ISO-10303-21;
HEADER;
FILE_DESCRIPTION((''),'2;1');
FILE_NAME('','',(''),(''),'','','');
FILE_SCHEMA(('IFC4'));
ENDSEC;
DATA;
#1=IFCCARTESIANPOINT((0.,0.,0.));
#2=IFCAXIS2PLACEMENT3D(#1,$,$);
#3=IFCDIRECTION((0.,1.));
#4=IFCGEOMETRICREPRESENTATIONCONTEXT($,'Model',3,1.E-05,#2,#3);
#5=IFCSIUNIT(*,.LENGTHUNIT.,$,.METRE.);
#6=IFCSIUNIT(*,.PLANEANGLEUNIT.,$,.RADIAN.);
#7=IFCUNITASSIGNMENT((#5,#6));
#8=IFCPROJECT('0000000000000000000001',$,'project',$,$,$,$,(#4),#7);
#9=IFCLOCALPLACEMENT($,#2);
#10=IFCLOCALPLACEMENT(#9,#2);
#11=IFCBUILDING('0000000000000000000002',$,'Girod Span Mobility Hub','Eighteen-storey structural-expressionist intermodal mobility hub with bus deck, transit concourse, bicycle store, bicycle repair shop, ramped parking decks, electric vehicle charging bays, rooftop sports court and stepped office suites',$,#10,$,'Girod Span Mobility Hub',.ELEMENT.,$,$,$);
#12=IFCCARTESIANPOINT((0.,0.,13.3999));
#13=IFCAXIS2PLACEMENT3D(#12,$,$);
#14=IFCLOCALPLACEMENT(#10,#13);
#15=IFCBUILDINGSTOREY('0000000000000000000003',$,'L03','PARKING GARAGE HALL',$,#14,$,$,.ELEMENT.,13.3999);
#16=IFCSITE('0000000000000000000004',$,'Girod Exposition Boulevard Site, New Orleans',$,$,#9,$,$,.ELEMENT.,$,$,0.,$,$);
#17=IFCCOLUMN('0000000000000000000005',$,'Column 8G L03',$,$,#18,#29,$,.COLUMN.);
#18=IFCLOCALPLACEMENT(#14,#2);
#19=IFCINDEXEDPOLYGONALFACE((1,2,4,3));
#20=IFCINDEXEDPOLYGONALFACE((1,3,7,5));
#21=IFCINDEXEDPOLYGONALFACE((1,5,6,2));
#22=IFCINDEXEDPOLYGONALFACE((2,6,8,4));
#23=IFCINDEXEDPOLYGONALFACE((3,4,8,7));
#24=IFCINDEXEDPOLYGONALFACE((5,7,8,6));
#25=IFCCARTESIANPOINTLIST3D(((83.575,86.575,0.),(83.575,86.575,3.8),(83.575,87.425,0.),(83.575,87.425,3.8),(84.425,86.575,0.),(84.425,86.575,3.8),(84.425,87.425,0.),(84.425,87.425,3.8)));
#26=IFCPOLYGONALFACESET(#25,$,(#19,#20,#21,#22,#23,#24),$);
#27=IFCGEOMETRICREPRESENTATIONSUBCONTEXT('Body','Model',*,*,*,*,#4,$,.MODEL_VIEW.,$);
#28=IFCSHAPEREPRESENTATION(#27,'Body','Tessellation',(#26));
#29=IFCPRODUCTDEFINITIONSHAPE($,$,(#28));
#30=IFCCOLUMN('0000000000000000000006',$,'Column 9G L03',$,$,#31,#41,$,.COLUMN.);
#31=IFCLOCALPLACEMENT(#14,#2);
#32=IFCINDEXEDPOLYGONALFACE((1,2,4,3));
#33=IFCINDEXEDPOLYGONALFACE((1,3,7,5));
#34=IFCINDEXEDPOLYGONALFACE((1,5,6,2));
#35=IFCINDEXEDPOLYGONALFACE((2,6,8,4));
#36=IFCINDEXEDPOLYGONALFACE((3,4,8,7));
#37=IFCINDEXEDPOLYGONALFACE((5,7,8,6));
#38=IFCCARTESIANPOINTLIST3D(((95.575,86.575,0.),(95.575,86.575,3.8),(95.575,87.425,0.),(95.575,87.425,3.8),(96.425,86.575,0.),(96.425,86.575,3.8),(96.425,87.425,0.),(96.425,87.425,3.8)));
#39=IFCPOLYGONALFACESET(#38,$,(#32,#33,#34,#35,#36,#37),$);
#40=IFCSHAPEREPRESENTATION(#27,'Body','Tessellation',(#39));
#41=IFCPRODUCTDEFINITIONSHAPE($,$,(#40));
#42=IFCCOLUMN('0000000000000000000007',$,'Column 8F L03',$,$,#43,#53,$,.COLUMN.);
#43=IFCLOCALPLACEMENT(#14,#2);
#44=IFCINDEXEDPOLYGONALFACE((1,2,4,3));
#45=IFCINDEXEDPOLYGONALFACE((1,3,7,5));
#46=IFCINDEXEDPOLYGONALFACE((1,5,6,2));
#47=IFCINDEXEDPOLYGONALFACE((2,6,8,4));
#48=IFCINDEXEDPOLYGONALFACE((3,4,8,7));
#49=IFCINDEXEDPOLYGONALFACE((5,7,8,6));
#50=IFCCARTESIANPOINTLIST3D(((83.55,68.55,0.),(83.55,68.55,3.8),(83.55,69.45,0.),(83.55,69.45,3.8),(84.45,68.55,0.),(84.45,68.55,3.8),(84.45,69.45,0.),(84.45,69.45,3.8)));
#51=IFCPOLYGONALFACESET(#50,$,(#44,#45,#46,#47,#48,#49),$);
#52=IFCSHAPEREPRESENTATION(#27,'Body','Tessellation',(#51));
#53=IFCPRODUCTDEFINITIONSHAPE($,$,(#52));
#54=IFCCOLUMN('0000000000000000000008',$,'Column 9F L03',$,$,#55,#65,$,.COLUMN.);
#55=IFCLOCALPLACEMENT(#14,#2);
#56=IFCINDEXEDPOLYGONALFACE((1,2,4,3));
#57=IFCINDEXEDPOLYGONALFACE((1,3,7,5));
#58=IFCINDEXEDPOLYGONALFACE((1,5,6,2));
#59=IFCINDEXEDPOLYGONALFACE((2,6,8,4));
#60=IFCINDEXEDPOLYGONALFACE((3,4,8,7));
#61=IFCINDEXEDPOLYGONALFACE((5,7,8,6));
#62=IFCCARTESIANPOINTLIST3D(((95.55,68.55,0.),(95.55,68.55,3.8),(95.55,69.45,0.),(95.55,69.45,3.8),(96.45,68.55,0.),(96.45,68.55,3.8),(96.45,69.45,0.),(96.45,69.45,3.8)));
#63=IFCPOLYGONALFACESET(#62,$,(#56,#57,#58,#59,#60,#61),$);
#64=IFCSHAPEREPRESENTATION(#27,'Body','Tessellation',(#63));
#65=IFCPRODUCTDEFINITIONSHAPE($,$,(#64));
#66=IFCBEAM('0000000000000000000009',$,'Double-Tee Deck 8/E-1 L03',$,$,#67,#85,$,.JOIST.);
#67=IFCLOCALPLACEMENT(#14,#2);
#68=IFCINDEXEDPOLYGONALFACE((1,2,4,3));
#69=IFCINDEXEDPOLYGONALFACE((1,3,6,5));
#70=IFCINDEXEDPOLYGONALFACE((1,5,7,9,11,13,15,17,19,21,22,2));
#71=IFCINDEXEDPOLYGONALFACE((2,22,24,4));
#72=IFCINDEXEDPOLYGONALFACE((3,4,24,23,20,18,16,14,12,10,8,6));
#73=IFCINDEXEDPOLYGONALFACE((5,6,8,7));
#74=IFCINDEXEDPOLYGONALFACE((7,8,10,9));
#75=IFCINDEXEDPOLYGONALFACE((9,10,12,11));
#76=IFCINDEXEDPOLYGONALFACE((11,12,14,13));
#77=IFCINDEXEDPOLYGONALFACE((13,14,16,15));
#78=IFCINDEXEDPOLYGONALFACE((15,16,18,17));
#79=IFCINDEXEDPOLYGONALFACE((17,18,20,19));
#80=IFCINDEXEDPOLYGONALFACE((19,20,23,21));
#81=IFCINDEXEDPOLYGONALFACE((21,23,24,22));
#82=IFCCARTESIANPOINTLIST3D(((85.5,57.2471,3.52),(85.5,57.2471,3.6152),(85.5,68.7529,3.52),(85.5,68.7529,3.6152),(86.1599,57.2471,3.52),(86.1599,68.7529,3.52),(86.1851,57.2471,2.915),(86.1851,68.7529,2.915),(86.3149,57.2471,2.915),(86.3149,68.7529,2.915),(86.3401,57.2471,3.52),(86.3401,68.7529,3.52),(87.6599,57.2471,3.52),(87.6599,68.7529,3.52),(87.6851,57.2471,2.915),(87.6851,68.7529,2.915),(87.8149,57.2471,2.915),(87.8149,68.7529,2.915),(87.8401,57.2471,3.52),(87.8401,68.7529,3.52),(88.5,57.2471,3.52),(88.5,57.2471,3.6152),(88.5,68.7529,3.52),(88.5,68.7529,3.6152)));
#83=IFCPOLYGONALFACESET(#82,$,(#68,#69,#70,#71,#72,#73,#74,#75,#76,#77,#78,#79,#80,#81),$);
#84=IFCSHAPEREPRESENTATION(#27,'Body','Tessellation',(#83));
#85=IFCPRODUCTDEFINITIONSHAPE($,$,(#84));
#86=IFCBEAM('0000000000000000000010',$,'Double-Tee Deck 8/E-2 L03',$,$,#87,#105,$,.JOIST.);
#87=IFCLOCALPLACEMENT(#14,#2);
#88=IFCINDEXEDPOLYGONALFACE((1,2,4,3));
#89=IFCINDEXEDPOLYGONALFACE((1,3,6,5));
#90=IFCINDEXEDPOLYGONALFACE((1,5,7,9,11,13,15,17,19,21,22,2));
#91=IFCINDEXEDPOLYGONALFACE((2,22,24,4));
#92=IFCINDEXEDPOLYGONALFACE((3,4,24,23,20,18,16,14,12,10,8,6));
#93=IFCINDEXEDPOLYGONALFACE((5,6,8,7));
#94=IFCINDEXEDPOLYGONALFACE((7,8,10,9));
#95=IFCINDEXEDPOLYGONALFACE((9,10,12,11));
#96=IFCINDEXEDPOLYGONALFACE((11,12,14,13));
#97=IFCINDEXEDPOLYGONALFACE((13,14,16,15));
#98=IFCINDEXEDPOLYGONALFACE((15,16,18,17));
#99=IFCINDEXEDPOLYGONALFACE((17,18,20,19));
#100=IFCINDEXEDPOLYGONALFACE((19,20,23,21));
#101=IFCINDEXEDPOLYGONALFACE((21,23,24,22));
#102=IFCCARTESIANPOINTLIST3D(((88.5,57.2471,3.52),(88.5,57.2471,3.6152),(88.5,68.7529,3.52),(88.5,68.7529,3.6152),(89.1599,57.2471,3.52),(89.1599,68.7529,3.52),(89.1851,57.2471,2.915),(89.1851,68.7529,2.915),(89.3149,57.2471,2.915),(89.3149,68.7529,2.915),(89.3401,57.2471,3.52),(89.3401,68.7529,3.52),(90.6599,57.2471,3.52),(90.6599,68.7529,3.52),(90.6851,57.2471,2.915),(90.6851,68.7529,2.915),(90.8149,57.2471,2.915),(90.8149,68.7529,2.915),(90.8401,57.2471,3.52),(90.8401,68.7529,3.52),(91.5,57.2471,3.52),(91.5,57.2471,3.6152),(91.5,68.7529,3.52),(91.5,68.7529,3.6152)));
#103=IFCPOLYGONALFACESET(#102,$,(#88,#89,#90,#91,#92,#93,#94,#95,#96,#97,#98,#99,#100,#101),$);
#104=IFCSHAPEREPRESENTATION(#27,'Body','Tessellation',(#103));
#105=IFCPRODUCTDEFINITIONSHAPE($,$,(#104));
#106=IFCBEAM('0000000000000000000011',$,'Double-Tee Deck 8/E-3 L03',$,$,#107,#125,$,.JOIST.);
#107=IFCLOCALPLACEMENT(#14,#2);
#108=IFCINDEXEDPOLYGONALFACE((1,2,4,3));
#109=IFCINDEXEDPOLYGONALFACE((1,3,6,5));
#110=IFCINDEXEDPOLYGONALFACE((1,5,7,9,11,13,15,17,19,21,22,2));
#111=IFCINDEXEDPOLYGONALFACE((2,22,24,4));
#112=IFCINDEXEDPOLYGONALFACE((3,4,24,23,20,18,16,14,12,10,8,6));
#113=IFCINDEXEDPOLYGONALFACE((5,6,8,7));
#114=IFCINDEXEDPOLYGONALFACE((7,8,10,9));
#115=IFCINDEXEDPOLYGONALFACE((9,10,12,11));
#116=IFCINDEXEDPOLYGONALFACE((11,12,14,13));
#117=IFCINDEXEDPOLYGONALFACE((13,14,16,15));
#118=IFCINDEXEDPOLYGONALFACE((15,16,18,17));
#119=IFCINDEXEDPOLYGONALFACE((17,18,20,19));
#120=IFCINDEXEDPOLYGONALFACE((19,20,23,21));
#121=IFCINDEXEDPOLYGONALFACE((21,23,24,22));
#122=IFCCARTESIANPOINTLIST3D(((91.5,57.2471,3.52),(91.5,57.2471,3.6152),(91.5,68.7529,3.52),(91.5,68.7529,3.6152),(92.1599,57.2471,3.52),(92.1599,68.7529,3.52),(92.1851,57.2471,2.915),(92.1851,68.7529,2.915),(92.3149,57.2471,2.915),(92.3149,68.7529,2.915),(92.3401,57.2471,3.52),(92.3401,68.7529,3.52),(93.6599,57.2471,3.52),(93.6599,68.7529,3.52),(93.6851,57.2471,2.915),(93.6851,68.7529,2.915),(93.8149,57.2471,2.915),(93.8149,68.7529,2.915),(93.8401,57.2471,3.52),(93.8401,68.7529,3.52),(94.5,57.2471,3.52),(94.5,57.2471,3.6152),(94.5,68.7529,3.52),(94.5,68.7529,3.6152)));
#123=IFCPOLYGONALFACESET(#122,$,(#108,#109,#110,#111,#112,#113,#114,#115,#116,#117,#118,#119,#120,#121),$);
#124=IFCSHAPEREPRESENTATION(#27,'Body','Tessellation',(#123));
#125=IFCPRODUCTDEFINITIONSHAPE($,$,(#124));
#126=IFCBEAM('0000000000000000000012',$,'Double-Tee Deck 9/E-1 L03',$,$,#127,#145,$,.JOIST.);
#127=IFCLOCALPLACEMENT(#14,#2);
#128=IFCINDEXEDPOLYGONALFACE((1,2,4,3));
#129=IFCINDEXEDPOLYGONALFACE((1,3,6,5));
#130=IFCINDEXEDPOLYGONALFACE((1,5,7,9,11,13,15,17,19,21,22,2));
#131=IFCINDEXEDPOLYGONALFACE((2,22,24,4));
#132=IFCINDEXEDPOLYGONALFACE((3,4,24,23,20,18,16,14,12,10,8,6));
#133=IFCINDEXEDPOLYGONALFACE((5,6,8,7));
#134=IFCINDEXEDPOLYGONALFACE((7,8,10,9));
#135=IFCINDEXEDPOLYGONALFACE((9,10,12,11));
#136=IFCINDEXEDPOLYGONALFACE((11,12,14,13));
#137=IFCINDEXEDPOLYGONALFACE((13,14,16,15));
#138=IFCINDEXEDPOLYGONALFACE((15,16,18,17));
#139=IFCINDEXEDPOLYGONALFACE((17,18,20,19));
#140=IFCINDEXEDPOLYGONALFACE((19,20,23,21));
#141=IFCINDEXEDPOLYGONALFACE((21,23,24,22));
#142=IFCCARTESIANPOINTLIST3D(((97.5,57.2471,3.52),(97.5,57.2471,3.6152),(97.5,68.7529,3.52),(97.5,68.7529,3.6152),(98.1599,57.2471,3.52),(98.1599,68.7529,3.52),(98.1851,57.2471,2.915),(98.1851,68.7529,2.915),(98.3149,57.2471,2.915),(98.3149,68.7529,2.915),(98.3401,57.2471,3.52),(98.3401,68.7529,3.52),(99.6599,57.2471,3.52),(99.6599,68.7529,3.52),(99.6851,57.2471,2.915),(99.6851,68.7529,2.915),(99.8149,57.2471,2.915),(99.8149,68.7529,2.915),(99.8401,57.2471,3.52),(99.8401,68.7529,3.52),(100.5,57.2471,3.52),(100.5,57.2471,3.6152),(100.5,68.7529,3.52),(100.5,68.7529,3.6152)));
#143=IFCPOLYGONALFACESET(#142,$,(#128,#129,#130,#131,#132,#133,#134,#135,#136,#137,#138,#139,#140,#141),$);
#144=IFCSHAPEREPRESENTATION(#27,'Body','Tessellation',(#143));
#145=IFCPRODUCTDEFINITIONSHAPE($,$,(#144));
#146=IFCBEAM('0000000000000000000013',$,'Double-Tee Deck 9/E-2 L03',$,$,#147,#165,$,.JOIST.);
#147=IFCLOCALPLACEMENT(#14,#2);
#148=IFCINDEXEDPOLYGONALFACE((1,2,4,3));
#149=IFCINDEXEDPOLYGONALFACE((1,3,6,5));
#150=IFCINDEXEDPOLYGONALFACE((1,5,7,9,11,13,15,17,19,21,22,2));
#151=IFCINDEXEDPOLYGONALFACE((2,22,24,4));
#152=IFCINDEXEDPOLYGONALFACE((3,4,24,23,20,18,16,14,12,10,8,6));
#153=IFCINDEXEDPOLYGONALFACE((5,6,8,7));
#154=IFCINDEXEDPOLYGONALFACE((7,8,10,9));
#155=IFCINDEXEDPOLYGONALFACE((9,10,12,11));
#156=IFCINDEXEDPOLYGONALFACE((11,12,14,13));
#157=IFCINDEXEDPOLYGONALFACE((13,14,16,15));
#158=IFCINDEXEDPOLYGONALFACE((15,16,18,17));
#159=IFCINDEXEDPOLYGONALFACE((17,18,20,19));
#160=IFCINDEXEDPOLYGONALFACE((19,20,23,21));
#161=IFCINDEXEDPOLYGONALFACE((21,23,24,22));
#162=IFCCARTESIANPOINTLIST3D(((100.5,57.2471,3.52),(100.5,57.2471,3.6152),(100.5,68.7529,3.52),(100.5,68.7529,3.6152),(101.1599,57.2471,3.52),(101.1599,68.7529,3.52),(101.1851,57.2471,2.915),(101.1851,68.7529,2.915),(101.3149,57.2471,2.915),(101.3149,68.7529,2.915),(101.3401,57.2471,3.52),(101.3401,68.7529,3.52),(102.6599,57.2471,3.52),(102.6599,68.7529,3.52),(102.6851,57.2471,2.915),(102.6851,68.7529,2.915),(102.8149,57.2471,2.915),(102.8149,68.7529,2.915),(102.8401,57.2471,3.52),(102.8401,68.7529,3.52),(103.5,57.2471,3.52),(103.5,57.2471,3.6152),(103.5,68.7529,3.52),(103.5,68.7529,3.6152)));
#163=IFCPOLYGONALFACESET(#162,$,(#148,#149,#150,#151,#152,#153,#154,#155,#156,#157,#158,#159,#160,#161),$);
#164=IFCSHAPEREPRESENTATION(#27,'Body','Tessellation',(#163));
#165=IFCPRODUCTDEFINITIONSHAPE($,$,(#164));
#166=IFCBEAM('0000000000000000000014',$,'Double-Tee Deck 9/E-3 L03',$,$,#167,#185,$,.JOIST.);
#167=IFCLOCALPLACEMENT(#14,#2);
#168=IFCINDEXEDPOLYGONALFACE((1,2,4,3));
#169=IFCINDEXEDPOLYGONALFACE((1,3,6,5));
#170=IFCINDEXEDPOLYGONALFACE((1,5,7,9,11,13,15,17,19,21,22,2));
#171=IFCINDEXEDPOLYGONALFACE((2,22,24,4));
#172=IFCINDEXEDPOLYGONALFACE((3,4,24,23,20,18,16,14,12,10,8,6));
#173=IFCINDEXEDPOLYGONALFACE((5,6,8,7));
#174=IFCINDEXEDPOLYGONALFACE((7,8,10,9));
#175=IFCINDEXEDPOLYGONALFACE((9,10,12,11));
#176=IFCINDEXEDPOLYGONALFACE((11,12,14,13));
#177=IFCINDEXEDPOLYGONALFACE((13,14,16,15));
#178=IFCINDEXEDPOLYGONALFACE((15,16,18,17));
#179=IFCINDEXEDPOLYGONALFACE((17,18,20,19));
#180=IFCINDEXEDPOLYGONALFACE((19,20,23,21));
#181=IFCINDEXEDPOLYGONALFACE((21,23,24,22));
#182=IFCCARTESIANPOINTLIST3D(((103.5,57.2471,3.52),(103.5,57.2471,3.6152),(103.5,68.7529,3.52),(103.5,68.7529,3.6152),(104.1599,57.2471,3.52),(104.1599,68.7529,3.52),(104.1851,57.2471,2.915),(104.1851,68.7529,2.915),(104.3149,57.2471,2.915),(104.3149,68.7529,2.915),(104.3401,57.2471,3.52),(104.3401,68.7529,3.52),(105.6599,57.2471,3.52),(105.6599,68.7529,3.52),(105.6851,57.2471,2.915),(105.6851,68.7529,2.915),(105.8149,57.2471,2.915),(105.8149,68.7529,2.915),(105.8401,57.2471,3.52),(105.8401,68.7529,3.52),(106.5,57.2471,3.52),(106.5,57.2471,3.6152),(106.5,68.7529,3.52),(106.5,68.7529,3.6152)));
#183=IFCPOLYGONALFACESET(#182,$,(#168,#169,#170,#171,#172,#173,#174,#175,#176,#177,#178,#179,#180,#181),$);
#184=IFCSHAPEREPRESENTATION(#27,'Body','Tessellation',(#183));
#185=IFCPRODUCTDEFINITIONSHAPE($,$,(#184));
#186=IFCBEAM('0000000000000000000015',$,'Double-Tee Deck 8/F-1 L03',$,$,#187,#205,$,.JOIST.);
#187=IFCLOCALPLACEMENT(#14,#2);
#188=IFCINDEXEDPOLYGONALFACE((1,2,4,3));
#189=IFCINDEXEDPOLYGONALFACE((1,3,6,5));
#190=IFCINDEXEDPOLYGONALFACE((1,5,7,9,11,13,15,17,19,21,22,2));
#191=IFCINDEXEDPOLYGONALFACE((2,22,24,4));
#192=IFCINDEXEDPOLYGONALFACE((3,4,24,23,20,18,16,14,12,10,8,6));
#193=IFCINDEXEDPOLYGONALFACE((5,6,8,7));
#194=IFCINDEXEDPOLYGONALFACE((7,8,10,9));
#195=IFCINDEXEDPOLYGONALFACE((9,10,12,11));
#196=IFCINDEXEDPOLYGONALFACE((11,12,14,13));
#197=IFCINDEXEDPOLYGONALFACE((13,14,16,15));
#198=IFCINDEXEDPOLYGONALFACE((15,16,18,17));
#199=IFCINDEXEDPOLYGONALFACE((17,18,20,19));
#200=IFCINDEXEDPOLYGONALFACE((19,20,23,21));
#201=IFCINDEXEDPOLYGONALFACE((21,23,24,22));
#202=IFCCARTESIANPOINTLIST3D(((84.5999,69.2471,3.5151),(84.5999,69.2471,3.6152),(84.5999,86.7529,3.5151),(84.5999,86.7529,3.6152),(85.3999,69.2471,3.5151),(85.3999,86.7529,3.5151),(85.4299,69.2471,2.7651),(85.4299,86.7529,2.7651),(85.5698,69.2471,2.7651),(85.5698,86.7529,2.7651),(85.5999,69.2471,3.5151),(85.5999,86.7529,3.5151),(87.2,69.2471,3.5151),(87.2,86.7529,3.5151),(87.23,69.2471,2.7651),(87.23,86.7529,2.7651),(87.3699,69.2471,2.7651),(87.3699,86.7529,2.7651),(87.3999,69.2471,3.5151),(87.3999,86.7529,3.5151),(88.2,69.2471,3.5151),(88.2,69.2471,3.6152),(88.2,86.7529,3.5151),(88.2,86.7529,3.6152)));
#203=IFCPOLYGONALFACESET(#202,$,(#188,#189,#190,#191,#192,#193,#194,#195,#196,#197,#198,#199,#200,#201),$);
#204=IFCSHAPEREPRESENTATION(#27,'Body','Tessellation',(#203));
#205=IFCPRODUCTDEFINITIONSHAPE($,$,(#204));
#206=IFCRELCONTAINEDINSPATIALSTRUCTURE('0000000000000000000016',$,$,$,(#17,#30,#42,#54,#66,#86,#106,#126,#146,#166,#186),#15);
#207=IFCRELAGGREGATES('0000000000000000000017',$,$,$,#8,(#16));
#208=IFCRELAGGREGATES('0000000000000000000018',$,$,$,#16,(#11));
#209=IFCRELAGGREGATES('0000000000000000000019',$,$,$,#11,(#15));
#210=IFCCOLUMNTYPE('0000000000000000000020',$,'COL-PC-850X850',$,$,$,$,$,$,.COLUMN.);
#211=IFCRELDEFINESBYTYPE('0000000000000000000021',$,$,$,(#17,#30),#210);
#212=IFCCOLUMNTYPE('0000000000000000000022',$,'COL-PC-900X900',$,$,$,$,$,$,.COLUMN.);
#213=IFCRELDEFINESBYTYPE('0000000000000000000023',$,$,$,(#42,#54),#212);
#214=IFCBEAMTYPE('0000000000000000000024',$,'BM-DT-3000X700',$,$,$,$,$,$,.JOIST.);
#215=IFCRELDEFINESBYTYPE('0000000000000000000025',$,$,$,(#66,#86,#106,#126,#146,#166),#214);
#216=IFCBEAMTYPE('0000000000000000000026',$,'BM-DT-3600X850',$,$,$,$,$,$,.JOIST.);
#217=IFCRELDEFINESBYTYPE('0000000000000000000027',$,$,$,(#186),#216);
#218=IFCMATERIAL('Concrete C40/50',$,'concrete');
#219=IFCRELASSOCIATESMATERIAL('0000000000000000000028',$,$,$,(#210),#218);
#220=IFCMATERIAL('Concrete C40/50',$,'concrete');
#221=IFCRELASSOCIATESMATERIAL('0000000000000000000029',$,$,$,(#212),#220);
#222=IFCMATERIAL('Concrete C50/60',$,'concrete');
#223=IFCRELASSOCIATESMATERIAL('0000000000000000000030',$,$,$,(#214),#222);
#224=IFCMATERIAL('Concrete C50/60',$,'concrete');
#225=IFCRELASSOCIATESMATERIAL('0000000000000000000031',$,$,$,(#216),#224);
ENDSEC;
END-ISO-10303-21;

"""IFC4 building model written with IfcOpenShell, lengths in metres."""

from ifc_helpers import new_model, si_unit, direction, frame, origin, origin_2d, place, context, subcontext, project, spatial, polyline, rectangle, outline, extrude, material, material_profile, profile_set, type_object, element, save


model = new_model("IFC4")

# Units and contexts
model_context = context("Model", 3, precision=1e-05, world=origin(), true_north=direction((0.0, 1.0)))
body_context = subcontext(model_context, "Body", "Model", "MODEL_VIEW")
ifc_project = project(units=[si_unit("LENGTHUNIT", "METRE"), si_unit("PLANEANGLEUNIT", "RADIAN")], contexts=[model_context])

# Site, building, storey
site_placement = place(None, origin())
site = spatial("IfcSite", under=ifc_project, at=site_placement, Name="Girod Exposition Boulevard Site, New Orleans", CompositionType="ELEMENT", RefElevation=0.0)
building_placement = place(site_placement, origin())
building = spatial("IfcBuilding", under=site, at=building_placement, Name="Girod Span Mobility Hub", Description="Eighteen-storey structural-expressionist intermodal mobility hub with bus deck, transit concourse, bicycle store, bicycle repair shop, ramped parking decks, electric vehicle charging bays, rooftop sports court and stepped office suites", LongName="Girod Span Mobility Hub", CompositionType="ELEMENT")
storey_placement = place(building_placement, frame((0.0, 0.0, 13.3999)))
storey = spatial("IfcBuildingStorey", under=building, at=storey_placement, Name="L03", Description="PARKING GARAGE HALL", CompositionType="ELEMENT", Elevation=13.3999)

# Columns
ifc_material_1 = material(Name="Concrete C40/50", Category="concrete")
ifc_material_profile_1 = material_profile(ifc_material_1, rectangle(XDim=0.8501, YDim=0.8501, at=origin_2d()), Name="PC-COL-850X850")
ifc_profile_set_1 = profile_set([ifc_material_profile_1], Name="Concrete C40/50")
column_type_1 = type_object("IfcColumnType", Name="COL-PC-850X850", PredefinedType="COLUMN", material=ifc_profile_set_1)
for number, where, z_axis, x_axis, name in (
    (1, (84.0, 87.0, 0.0), (0.0, 0.0, 1.0), (1.0, 0.0, 0.0), "Column 8G L03"),
    (2, (96.0, 87.0, 0.0), (0.0, 0.0, 1.0), (1.0, 0.0, 0.0), "Column 9G L03"),
):
    element("IfcColumn", number, at=place(storey_placement, frame(where, z_axis=z_axis, x_axis=x_axis)), inside=storey, type_object=column_type_1, Name=name, PredefinedType="COLUMN", context=body_context, shape_type="SweptSolid", body=[
        extrude(rectangle(XDim=0.8501, YDim=0.8501, at=origin_2d()), origin(), (0.0, 0.0, 1.0), 3.8),
    ])
ifc_material_2 = material(Name="Concrete C40/50", Category="concrete")
ifc_material_profile_2 = material_profile(ifc_material_2, rectangle(XDim=0.8999, YDim=0.8999, at=origin_2d()), Name="PC-COL-900X900")
ifc_profile_set_2 = profile_set([ifc_material_profile_2], Name="Concrete C40/50")
column_type_2 = type_object("IfcColumnType", Name="COL-PC-900X900", PredefinedType="COLUMN", material=ifc_profile_set_2)
for number, where, z_axis, x_axis, name in (
    (3, (84.0, 69.0, 0.0), (0.0, 0.0, 1.0), (1.0, 0.0, 0.0), "Column 8F L03"),
    (4, (96.0, 69.0, 0.0), (0.0, 0.0, 1.0), (1.0, 0.0, 0.0), "Column 9F L03"),
):
    element("IfcColumn", number, at=place(storey_placement, frame(where, z_axis=z_axis, x_axis=x_axis)), inside=storey, type_object=column_type_2, Name=name, PredefinedType="COLUMN", context=body_context, shape_type="SweptSolid", body=[
        extrude(rectangle(XDim=0.8999, YDim=0.8999, at=origin_2d()), origin(), (0.0, 0.0, 1.0), 3.8),
    ])

# Beams
ifc_material_3 = material(Name="Concrete C50/60", Category="concrete")
ifc_material_profile_3 = material_profile(ifc_material_3, outline(polyline([(-1.5, 0.3501), (-1.5, 0.2549), (-0.8401, 0.2549), (-0.8149, -0.3501), (-0.6851, -0.3501), (-0.6599, 0.2549), (0.6599, 0.2549), (0.6851, -0.3501), (0.8149, -0.3501), (0.8401, 0.2549), (1.5, 0.2549), (1.5, 0.3501), (-1.5, 0.3501)])), Name="DT-3000X700")
ifc_profile_set_3 = profile_set([ifc_material_profile_3], Name="Concrete C50/60")
beam_type_1 = type_object("IfcBeamType", Name="BM-DT-3000X700", PredefinedType="JOIST", material=ifc_profile_set_3)
for number, where, z_axis, x_axis, name in (
    (5, (87.0, 57.2471, 3.2651), (0.0, 1.0, 0.0), (-1.0, 0.0, 0.0), "Double-Tee Deck 8/E-1 L03"),
    (6, (90.0, 57.2471, 3.2651), (0.0, 1.0, 0.0), (-1.0, 0.0, 0.0), "Double-Tee Deck 8/E-2 L03"),
    (7, (93.0, 57.2471, 3.2651), (0.0, 1.0, 0.0), (-1.0, 0.0, 0.0), "Double-Tee Deck 8/E-3 L03"),
    (8, (99.0, 57.2471, 3.2651), (0.0, 1.0, 0.0), (-1.0, 0.0, 0.0), "Double-Tee Deck 9/E-1 L03"),
    (9, (102.0, 57.2471, 3.2651), (0.0, 1.0, 0.0), (-1.0, 0.0, 0.0), "Double-Tee Deck 9/E-2 L03"),
    (10, (105.0, 57.2471, 3.2651), (0.0, 1.0, 0.0), (-1.0, 0.0, 0.0), "Double-Tee Deck 9/E-3 L03"),
):
    element("IfcBeam", number, at=place(storey_placement, frame(where, z_axis=z_axis, x_axis=x_axis)), inside=storey, type_object=beam_type_1, Name=name, PredefinedType="JOIST", context=body_context, shape_type="SweptSolid", body=[
        extrude(outline(polyline([(-1.5, 0.3501), (-1.5, 0.2549), (-0.8401, 0.2549), (-0.8149, -0.3501), (-0.6851, -0.3501), (-0.6599, 0.2549), (0.6599, 0.2549), (0.6851, -0.3501), (0.8149, -0.3501), (0.8401, 0.2549), (1.5, 0.2549), (1.5, 0.3501), (-1.5, 0.3501)])), origin(), (0.0, 0.0, 1.0), 11.5059),
    ])
ifc_material_4 = material(Name="Concrete C50/60", Category="concrete")
ifc_material_profile_4 = material_profile(ifc_material_4, outline(polyline([(-1.8, 0.425), (-1.8, 0.325), (-1.0, 0.325), (-0.97, -0.425), (-0.8301, -0.425), (-0.8, 0.325), (0.8, 0.325), (0.8301, -0.425), (0.97, -0.425), (1.0, 0.325), (1.8, 0.325), (1.8, 0.425), (-1.8, 0.425)])), Name="DT-3600X850")
ifc_profile_set_4 = profile_set([ifc_material_profile_4], Name="Concrete C50/60")
beam_type_2 = type_object("IfcBeamType", Name="BM-DT-3600X850", PredefinedType="JOIST", material=ifc_profile_set_4)
for number, where, z_axis, x_axis, name in (
    (11, (86.3999, 69.2471, 3.1902), (0.0, 1.0, 0.0), (-1.0, 0.0, 0.0), "Double-Tee Deck 8/F-1 L03"),
):
    element("IfcBeam", number, at=place(storey_placement, frame(where, z_axis=z_axis, x_axis=x_axis)), inside=storey, type_object=beam_type_2, Name=name, PredefinedType="JOIST", context=body_context, shape_type="SweptSolid", body=[
        extrude(outline(polyline([(-1.8, 0.425), (-1.8, 0.325), (-1.0, 0.325), (-0.97, -0.425), (-0.8301, -0.425), (-0.8, 0.325), (0.8, 0.325), (0.8301, -0.425), (0.97, -0.425), (1.0, 0.325), (1.8, 0.325), (1.8, 0.425), (-1.8, 0.425)])), origin(), (0.0, 0.0, 1.0), 17.5059),
    ])

save(model, "model.ifc")
